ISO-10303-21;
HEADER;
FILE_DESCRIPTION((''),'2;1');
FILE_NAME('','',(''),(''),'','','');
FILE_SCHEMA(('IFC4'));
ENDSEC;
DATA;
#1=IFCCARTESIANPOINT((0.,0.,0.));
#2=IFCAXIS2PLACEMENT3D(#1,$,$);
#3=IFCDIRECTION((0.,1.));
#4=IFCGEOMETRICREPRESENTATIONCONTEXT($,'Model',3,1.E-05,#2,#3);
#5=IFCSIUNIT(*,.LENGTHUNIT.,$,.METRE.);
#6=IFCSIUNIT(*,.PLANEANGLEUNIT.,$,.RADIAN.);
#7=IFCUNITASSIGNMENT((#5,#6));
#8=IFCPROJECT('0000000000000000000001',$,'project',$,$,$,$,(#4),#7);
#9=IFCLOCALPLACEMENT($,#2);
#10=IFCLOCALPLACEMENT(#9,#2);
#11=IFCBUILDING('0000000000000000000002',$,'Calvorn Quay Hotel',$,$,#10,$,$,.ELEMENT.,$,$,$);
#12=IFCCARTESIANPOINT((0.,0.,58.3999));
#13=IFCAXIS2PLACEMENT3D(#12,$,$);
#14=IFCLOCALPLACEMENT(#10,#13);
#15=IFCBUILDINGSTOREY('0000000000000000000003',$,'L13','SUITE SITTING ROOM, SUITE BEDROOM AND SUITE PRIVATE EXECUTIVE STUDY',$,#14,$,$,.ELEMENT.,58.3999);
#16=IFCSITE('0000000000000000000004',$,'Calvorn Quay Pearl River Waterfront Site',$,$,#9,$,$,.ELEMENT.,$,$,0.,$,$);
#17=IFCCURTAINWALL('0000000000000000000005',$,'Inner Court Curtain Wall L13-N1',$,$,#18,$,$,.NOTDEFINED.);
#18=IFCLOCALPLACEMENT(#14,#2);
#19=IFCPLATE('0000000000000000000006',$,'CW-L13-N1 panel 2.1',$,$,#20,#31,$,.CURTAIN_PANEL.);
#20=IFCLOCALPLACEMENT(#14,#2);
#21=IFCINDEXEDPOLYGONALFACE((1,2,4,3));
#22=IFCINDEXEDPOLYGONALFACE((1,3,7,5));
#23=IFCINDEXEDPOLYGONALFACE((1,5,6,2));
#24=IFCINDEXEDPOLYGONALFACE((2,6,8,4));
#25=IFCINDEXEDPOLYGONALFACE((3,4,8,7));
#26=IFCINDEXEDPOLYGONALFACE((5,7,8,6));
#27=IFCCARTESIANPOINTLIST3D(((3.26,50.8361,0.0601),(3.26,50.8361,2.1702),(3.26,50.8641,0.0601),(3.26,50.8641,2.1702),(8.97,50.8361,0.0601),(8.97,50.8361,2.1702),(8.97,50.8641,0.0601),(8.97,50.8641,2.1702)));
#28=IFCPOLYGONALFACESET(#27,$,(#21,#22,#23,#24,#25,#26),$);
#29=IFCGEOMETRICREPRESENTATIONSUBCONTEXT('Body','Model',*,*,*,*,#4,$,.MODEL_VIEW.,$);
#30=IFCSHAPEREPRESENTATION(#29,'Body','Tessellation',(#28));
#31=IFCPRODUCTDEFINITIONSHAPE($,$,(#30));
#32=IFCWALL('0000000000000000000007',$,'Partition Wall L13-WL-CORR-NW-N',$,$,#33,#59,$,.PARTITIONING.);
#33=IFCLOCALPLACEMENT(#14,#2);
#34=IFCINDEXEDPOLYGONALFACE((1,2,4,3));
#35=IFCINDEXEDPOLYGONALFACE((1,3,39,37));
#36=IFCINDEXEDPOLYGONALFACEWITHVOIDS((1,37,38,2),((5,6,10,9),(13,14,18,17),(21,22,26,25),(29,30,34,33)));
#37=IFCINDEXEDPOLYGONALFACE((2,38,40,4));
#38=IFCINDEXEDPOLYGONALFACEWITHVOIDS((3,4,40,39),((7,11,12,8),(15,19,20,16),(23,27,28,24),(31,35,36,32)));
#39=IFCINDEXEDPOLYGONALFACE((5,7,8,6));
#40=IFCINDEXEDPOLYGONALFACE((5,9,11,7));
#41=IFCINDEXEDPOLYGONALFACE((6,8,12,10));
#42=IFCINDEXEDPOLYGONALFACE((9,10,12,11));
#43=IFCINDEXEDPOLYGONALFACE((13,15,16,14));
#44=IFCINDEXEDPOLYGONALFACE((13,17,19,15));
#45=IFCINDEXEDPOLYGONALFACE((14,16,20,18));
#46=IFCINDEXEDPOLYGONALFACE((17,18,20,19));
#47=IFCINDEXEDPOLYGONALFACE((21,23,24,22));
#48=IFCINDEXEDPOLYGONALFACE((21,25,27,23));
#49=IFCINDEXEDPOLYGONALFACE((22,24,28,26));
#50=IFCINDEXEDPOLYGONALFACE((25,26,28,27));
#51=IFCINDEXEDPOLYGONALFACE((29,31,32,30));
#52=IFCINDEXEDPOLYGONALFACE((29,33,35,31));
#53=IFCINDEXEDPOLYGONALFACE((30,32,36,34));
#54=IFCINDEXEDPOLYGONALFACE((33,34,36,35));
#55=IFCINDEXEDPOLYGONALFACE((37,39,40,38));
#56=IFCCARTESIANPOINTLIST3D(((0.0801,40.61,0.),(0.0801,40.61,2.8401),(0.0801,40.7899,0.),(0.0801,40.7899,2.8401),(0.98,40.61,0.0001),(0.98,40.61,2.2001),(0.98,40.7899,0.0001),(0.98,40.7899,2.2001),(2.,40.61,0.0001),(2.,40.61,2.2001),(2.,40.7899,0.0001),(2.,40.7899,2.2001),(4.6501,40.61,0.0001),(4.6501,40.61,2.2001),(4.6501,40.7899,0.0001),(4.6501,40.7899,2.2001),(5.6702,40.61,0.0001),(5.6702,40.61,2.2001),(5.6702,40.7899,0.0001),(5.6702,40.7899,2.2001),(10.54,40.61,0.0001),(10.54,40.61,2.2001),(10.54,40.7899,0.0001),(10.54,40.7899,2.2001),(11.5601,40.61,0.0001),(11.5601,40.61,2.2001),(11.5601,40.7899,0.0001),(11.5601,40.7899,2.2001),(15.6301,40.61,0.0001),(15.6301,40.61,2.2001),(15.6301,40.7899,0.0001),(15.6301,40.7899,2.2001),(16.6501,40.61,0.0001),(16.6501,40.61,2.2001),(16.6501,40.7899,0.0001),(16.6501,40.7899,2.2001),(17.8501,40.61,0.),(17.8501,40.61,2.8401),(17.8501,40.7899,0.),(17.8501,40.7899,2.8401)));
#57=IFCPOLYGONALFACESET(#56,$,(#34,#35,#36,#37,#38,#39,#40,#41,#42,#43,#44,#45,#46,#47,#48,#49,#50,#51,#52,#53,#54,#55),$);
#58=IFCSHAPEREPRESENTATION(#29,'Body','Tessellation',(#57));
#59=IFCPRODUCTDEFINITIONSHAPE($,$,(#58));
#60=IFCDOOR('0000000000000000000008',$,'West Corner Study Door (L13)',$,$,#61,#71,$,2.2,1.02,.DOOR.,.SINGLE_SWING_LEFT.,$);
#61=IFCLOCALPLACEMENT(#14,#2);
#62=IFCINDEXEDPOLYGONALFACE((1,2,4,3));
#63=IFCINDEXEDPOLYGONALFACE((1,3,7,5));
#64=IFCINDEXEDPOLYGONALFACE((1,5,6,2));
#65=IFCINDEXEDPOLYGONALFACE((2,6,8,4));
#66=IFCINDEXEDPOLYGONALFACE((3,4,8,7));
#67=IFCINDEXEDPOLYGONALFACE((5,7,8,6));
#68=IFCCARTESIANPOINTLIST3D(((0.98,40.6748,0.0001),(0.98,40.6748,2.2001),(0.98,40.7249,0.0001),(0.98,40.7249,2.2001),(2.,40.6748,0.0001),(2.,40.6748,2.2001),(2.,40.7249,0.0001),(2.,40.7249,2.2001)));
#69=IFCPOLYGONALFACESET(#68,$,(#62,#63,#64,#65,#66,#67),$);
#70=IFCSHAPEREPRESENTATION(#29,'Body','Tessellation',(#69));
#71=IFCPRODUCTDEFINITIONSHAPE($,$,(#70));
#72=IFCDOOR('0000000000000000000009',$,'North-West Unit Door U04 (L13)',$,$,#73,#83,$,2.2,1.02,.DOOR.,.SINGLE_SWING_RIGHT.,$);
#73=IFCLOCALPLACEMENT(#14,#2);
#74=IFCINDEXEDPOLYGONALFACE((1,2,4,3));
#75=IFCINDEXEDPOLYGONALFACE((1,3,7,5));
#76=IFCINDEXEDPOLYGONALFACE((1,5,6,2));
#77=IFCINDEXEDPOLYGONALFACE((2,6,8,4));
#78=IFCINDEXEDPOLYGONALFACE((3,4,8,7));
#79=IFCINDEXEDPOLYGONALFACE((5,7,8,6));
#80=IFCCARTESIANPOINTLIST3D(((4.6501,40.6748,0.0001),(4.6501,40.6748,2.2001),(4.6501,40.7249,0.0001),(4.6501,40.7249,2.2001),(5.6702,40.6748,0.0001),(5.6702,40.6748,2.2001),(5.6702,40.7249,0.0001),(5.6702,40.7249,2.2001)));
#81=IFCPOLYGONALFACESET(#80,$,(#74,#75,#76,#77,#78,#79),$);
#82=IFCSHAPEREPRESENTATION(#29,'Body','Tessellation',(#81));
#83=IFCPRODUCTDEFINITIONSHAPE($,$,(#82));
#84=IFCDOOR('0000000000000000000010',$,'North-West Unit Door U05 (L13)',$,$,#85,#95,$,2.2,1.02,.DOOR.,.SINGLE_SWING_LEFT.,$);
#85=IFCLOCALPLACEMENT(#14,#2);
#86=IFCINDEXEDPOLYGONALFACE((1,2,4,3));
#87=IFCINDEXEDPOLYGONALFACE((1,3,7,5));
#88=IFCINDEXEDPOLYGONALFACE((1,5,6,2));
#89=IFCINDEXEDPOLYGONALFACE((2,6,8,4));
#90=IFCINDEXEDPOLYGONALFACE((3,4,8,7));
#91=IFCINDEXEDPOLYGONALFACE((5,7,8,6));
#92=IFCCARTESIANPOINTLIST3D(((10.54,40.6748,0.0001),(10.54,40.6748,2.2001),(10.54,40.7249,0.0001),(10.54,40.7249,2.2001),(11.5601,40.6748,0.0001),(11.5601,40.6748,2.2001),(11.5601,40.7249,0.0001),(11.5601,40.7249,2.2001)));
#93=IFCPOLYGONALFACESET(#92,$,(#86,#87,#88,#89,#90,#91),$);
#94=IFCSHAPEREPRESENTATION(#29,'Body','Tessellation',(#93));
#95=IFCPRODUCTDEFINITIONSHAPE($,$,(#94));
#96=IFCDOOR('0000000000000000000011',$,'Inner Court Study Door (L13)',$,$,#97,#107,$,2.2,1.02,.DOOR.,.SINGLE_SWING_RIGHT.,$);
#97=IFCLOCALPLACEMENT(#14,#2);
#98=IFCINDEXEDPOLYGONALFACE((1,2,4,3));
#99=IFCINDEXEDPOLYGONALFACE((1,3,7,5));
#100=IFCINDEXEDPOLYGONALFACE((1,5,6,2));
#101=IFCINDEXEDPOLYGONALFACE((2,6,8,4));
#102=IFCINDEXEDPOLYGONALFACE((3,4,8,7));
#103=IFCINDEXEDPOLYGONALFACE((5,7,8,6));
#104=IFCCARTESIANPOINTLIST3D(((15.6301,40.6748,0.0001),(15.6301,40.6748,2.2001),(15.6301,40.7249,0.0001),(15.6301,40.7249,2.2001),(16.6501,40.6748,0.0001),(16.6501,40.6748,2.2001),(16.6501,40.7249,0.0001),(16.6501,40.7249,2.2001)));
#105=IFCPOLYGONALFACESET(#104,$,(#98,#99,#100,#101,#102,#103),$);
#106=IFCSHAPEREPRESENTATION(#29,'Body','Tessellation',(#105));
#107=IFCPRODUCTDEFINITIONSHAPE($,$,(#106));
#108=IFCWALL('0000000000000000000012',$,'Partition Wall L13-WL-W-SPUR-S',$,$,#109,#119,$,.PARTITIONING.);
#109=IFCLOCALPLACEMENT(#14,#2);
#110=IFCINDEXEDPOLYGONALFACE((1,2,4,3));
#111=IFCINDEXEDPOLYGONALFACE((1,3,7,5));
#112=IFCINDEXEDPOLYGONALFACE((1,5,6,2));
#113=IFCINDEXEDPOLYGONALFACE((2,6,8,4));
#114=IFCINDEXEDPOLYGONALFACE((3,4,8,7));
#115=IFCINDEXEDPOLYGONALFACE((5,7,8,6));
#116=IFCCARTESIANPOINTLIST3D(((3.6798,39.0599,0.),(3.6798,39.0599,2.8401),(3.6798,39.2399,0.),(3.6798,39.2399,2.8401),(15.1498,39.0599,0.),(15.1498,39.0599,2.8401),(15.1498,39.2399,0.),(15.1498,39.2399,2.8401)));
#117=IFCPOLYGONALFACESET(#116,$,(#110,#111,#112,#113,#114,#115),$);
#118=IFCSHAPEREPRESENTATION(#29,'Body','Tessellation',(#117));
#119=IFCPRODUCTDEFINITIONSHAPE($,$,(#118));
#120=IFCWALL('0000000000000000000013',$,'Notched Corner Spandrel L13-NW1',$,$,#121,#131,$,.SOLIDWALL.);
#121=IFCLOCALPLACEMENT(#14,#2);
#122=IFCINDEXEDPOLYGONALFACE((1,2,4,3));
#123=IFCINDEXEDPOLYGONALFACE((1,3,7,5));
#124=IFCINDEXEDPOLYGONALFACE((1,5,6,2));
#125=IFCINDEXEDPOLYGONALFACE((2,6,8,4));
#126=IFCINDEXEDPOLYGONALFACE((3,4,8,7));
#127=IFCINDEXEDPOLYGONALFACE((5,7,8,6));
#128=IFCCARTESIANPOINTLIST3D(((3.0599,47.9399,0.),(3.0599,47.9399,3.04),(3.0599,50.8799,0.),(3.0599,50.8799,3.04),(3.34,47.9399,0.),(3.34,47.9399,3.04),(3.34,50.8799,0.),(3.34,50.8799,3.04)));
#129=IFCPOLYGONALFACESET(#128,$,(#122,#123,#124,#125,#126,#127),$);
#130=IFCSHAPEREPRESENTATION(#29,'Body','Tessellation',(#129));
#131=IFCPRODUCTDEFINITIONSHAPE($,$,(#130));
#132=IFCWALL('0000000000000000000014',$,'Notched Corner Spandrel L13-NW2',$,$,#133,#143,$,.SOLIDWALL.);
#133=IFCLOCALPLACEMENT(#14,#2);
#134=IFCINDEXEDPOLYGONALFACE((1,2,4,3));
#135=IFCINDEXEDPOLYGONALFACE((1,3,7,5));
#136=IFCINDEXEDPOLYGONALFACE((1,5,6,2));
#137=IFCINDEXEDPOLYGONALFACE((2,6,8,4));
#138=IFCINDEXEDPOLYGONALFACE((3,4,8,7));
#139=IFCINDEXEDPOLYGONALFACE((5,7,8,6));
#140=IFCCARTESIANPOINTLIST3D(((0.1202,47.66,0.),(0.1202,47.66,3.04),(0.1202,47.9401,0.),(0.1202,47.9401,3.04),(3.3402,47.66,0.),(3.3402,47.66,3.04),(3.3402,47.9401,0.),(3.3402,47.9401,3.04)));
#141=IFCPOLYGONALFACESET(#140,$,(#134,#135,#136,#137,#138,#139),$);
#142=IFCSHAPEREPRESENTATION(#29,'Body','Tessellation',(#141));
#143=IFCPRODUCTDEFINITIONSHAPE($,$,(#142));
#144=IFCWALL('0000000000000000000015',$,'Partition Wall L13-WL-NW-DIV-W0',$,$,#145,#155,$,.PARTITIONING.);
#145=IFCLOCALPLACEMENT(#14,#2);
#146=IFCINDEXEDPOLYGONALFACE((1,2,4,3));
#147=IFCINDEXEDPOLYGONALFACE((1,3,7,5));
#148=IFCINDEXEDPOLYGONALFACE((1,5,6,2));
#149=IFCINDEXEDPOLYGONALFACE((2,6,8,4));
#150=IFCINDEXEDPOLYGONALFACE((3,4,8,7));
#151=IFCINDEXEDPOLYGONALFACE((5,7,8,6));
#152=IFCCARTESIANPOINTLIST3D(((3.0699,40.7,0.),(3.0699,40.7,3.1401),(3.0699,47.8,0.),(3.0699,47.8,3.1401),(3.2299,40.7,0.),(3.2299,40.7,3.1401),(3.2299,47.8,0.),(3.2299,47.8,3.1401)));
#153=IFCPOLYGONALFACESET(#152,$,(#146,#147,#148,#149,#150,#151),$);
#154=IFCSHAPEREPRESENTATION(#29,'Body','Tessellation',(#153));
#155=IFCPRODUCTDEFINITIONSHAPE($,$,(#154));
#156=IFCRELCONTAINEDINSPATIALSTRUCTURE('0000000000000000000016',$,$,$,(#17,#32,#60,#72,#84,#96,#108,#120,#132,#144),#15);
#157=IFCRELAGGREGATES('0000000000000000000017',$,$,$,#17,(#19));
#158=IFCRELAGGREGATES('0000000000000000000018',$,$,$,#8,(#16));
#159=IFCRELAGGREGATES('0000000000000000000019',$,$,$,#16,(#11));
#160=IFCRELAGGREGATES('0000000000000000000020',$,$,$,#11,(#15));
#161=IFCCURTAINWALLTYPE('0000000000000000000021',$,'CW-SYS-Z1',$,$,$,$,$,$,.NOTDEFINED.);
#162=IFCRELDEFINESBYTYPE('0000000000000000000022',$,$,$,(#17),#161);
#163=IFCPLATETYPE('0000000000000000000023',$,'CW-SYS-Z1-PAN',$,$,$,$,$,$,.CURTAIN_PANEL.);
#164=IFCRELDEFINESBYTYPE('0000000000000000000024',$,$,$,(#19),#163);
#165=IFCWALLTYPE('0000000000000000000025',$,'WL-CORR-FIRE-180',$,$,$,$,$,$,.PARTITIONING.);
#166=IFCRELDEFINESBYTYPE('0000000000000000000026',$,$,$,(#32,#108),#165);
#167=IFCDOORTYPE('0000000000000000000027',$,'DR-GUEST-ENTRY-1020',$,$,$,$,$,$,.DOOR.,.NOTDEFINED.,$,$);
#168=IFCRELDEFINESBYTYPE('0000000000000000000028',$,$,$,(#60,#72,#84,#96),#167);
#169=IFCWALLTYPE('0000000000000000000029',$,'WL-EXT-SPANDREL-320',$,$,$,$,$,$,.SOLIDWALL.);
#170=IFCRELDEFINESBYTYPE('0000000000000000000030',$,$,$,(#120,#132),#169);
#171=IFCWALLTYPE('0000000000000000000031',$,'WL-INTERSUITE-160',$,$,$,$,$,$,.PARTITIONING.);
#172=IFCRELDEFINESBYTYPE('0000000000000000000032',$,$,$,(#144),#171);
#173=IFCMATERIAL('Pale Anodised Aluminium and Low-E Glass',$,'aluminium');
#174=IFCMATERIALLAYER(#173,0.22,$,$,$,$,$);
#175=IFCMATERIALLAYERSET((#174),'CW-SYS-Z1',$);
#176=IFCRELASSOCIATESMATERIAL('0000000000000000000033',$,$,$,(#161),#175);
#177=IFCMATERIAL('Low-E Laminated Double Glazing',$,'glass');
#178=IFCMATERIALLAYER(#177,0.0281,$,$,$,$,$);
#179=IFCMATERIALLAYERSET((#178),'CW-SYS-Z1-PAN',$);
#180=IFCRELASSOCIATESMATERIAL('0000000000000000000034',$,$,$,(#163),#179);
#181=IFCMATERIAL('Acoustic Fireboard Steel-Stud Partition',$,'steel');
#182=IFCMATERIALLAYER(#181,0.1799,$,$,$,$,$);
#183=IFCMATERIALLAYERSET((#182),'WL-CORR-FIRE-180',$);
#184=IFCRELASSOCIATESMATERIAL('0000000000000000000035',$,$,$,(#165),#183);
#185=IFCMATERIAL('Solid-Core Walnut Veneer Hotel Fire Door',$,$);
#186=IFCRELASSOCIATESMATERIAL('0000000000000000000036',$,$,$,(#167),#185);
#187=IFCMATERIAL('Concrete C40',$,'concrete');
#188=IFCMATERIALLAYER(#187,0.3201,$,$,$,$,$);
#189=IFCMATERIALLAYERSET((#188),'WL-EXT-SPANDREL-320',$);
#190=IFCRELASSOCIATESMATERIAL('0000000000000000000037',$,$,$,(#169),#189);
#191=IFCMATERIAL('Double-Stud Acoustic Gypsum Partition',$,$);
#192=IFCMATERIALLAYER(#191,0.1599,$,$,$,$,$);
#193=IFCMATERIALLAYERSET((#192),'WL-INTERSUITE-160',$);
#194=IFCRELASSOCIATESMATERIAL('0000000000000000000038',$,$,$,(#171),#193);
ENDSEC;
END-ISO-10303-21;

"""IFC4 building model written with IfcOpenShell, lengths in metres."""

from ifc_helpers import new_model, si_unit, direction, frame, frame_2d, origin, origin_2d, place, context, subcontext, project, spatial, rectangle, extrude, material, layer, layer_set, type_object, element, fill, aggregate, save


model = new_model("IFC4")

# Units and contexts
model_context = context("Model", 3, precision=1e-05, world=origin(), true_north=direction((0.0, 1.0)))
body_context = subcontext(model_context, "Body", "Model", "MODEL_VIEW")
ifc_project = project(units=[si_unit("LENGTHUNIT", "METRE"), si_unit("PLANEANGLEUNIT", "RADIAN")], contexts=[model_context])

# Site, building, storey
site_placement = place(None, origin())
site = spatial("IfcSite", under=ifc_project, at=site_placement, Name="Calvorn Quay Pearl River Waterfront Site", CompositionType="ELEMENT", RefElevation=0.0)
building_placement = place(site_placement, origin())
building = spatial("IfcBuilding", under=site, at=building_placement, Name="Calvorn Quay Hotel", CompositionType="ELEMENT")
storey_placement = place(building_placement, frame((0.0, 0.0, 58.3999)))
storey = spatial("IfcBuildingStorey", under=building, at=storey_placement, Name="L13", Description="SUITE SITTING ROOM, SUITE BEDROOM AND SUITE PRIVATE EXECUTIVE STUDY", CompositionType="ELEMENT", Elevation=58.3999)

# Shared definitions
ifc_material_1 = material(Name="Pale Anodised Aluminium and Low-E Glass", Category="aluminium")
ifc_layer_1 = layer(ifc_material_1, 0.22)
ifc_layer_set_1 = layer_set([ifc_layer_1], Name="CW-SYS-Z1")
curtain_wall_type = type_object("IfcCurtainWallType", Name="CW-SYS-Z1", PredefinedType="NOTDEFINED", material=ifc_layer_set_1)

# Curtain wall
curtain_wall_1_placement = place(storey_placement, origin())
curtain_wall_1 = element("IfcCurtainWall", 1, at=curtain_wall_1_placement, inside=storey, type_object=curtain_wall_type, Name="Inner Court Curtain Wall L13-N1", PredefinedType="NOTDEFINED")

# Plate
ifc_material_2 = material(Name="Low-E Laminated Double Glazing", Category="glass")
ifc_layer_2 = layer(ifc_material_2, 0.0281)
ifc_layer_set_2 = layer_set([ifc_layer_2], Name="CW-SYS-Z1-PAN")
plate_type = type_object("IfcPlateType", Name="CW-SYS-Z1-PAN", PredefinedType="CURTAIN_PANEL", material=ifc_layer_set_2)
plate_1_placement = place(storey_placement, frame((6.115, 50.8501, 0.0601), z_axis=(0.0, 0.0, 1.0), x_axis=(-1.0, 0.0, 0.0)))
plate_1 = element("IfcPlate", 2, at=plate_1_placement, type_object=plate_type, Name="CW-L13-N1 panel 2.1", PredefinedType="CURTAIN_PANEL", context=body_context, shape_type="SweptSolid", body=[
    extrude(rectangle(XDim=5.71, YDim=0.0281, at=origin_2d()), origin(), (0.0, 0.0, 1.0), 2.1101),
])
aggregate(curtain_wall_1, [plate_1])

# Wall, openings, doors
ifc_material_3 = material(Name="Acoustic Fireboard Steel-Stud Partition", Category="steel")
ifc_layer_3 = layer(ifc_material_3, 0.1799)
ifc_layer_set_3 = layer_set([ifc_layer_3], Name="WL-CORR-FIRE-180")
wall_type_1 = type_object("IfcWallType", Name="WL-CORR-FIRE-180", PredefinedType="PARTITIONING", material=ifc_layer_set_3)
wall_1_placement = place(storey_placement, frame((0.0801, 40.7, 0.0), z_axis=(0.0, 0.0, 1.0), x_axis=(1.0, 0.0, 0.0)))
wall_1 = element("IfcWall", 3, at=wall_1_placement, inside=storey, type_object=wall_type_1, Name="Partition Wall L13-WL-CORR-NW-N", PredefinedType="PARTITIONING", context=body_context, shape_type="SweptSolid", body=[
    extrude(rectangle(XDim=17.77, YDim=0.1799, at=frame_2d((8.885, 0.0))), origin(), (0.0, 0.0, 1.0), 2.8401),
])
opening_1_placement = place(wall_1_placement, frame((0.8999, 0.0, 0.0)))
opening_1 = element("IfcOpeningElement", 4, at=opening_1_placement, cuts=wall_1, PredefinedType="OPENING", context=body_context, shape_type="SweptSolid", body=[
    extrude(rectangle(XDim=1.02, YDim=2.2, at=frame_2d((0.51, 1.1001))), frame((0.0, 0.0999, 0.0), z_axis=(0.0, -1.0, 0.0), x_axis=(1.0, 0.0, 0.0)), (0.0, 0.0, 1.0), 0.2),
])
opening_2_placement = place(wall_1_placement, frame((4.5701, 0.0, 0.0)))
opening_2 = element("IfcOpeningElement", 5, at=opening_2_placement, cuts=wall_1, PredefinedType="OPENING", context=body_context, shape_type="SweptSolid", body=[
    extrude(rectangle(XDim=1.02, YDim=2.2, at=frame_2d((0.51, 1.1001))), frame((0.0, 0.0999, 0.0), z_axis=(0.0, -1.0, 0.0), x_axis=(1.0, 0.0, 0.0)), (0.0, 0.0, 1.0), 0.2),
])
opening_3_placement = place(wall_1_placement, frame((10.46, 0.0, 0.0)))
opening_3 = element("IfcOpeningElement", 6, at=opening_3_placement, cuts=wall_1, PredefinedType="OPENING", context=body_context, shape_type="SweptSolid", body=[
    extrude(rectangle(XDim=1.02, YDim=2.2, at=frame_2d((0.51, 1.1001))), frame((0.0, 0.0999, 0.0), z_axis=(0.0, -1.0, 0.0), x_axis=(1.0, 0.0, 0.0)), (0.0, 0.0, 1.0), 0.2),
])
opening_4_placement = place(wall_1_placement, frame((15.55, 0.0, 0.0)))
opening_4 = element("IfcOpeningElement", 7, at=opening_4_placement, cuts=wall_1, PredefinedType="OPENING", context=body_context, shape_type="SweptSolid", body=[
    extrude(rectangle(XDim=1.02, YDim=2.2, at=frame_2d((0.51, 1.1001))), frame((0.0, 0.0999, 0.0), z_axis=(0.0, -1.0, 0.0), x_axis=(1.0, 0.0, 0.0)), (0.0, 0.0, 1.0), 0.2),
])
ifc_material_4 = material(Name="Solid-Core Walnut Veneer Hotel Fire Door")
door_type_1 = type_object("IfcDoorType", Name="DR-GUEST-ENTRY-1020", OperationType="NOTDEFINED", PredefinedType="DOOR", material=ifc_material_4)
door_1_placement = place(opening_1_placement, origin())
door_1 = element("IfcDoor", 8, at=door_1_placement, inside=storey, type_object=door_type_1, Name="West Corner Study Door (L13)", OperationType="SINGLE_SWING_LEFT", OverallHeight=2.2, OverallWidth=1.02, PredefinedType="DOOR", context=body_context, shape_type="SweptSolid", body=[
    extrude(rectangle(XDim=1.02, YDim=2.2, at=frame_2d((0.51, 1.1001))), frame((0.0, 0.0249, 0.0), z_axis=(0.0, -1.0, 0.0), x_axis=(1.0, 0.0, 0.0)), (0.0, 0.0, 1.0), 0.05),
])
fill(opening_1, door_1)
door_2_placement = place(opening_2_placement, origin())
door_2 = element("IfcDoor", 9, at=door_2_placement, inside=storey, type_object=door_type_1, Name="North-West Unit Door U04 (L13)", OperationType="SINGLE_SWING_RIGHT", OverallHeight=2.2, OverallWidth=1.02, PredefinedType="DOOR", context=body_context, shape_type="SweptSolid", body=[
    extrude(rectangle(XDim=1.02, YDim=2.2, at=frame_2d((0.51, 1.1001))), frame((0.0, 0.0249, 0.0), z_axis=(0.0, -1.0, 0.0), x_axis=(1.0, 0.0, 0.0)), (0.0, 0.0, 1.0), 0.05),
])
fill(opening_2, door_2)
door_3_placement = place(opening_3_placement, origin())
door_3 = element("IfcDoor", 10, at=door_3_placement, inside=storey, type_object=door_type_1, Name="North-West Unit Door U05 (L13)", OperationType="SINGLE_SWING_LEFT", OverallHeight=2.2, OverallWidth=1.02, PredefinedType="DOOR", context=body_context, shape_type="SweptSolid", body=[
    extrude(rectangle(XDim=1.02, YDim=2.2, at=frame_2d((0.51, 1.1001))), frame((0.0, 0.0249, 0.0), z_axis=(0.0, -1.0, 0.0), x_axis=(1.0, 0.0, 0.0)), (0.0, 0.0, 1.0), 0.05),
])
fill(opening_3, door_3)
door_4_placement = place(opening_4_placement, origin())
door_4 = element("IfcDoor", 11, at=door_4_placement, inside=storey, type_object=door_type_1, Name="Inner Court Study Door (L13)", OperationType="SINGLE_SWING_RIGHT", OverallHeight=2.2, OverallWidth=1.02, PredefinedType="DOOR", context=body_context, shape_type="SweptSolid", body=[
    extrude(rectangle(XDim=1.02, YDim=2.2, at=frame_2d((0.51, 1.1001))), frame((0.0, 0.0249, 0.0), z_axis=(0.0, -1.0, 0.0), x_axis=(1.0, 0.0, 0.0)), (0.0, 0.0, 1.0), 0.05),
])
fill(opening_4, door_4)

# Walls
wall_2_placement = place(storey_placement, frame((3.6799, 39.1499, 0.0), z_axis=(0.0, 0.0, 1.0), x_axis=(1.0, 0.0, 0.0)))
element("IfcWall", 12, at=wall_2_placement, inside=storey, type_object=wall_type_1, Name="Partition Wall L13-WL-W-SPUR-S", PredefinedType="PARTITIONING", context=body_context, shape_type="SweptSolid", body=[
    extrude(rectangle(XDim=11.47, YDim=0.1799, at=frame_2d((5.7349, 0.0))), origin(), (0.0, 0.0, 1.0), 2.8401),
])
ifc_material_5 = material(Name="Concrete C40", Category="concrete")
ifc_layer_4 = layer(ifc_material_5, 0.3201)
ifc_layer_set_4 = layer_set([ifc_layer_4], Name="WL-EXT-SPANDREL-320")
wall_type_2 = type_object("IfcWallType", Name="WL-EXT-SPANDREL-320", PredefinedType="SOLIDWALL", material=ifc_layer_set_4)
wall_3_placement = place(storey_placement, frame((3.2, 50.8799, 0.0), z_axis=(0.0, 0.0, 1.0), x_axis=(0.0, -1.0, 0.0)))
element("IfcWall", 13, at=wall_3_placement, inside=storey, type_object=wall_type_2, Name="Notched Corner Spandrel L13-NW1", PredefinedType="SOLIDWALL", context=body_context, shape_type="SweptSolid", body=[
    extrude(rectangle(XDim=2.9399, YDim=0.28, at=frame_2d((1.47, 0.0))), origin(), (0.0, 0.0, 1.0), 3.04),
])
wall_4_placement = place(storey_placement, frame((3.3401, 47.8, 0.0), z_axis=(0.0, 0.0, 1.0), x_axis=(-1.0, 0.0, 0.0)))
element("IfcWall", 14, at=wall_4_placement, inside=storey, type_object=wall_type_2, Name="Notched Corner Spandrel L13-NW2", PredefinedType="SOLIDWALL", context=body_context, shape_type="SweptSolid", body=[
    extrude(rectangle(XDim=3.22, YDim=0.28, at=frame_2d((1.6099, 0.0))), origin(), (0.0, 0.0, 1.0), 3.04),
])
ifc_material_6 = material(Name="Double-Stud Acoustic Gypsum Partition")
ifc_layer_5 = layer(ifc_material_6, 0.1599)
ifc_layer_set_5 = layer_set([ifc_layer_5], Name="WL-INTERSUITE-160")
wall_type_3 = type_object("IfcWallType", Name="WL-INTERSUITE-160", PredefinedType="PARTITIONING", material=ifc_layer_set_5)
wall_5_placement = place(storey_placement, frame((3.1499, 40.7, 0.0), z_axis=(0.0, 0.0, 1.0), x_axis=(0.0, 1.0, 0.0)))
element("IfcWall", 15, at=wall_5_placement, inside=storey, type_object=wall_type_3, Name="Partition Wall L13-WL-NW-DIV-W0", PredefinedType="PARTITIONING", context=body_context, shape_type="SweptSolid", body=[
    extrude(rectangle(XDim=7.1001, YDim=0.1599, at=frame_2d((3.55, 0.0))), origin(), (0.0, 0.0, 1.0), 3.1401),
])

save(model, "model.ifc")
